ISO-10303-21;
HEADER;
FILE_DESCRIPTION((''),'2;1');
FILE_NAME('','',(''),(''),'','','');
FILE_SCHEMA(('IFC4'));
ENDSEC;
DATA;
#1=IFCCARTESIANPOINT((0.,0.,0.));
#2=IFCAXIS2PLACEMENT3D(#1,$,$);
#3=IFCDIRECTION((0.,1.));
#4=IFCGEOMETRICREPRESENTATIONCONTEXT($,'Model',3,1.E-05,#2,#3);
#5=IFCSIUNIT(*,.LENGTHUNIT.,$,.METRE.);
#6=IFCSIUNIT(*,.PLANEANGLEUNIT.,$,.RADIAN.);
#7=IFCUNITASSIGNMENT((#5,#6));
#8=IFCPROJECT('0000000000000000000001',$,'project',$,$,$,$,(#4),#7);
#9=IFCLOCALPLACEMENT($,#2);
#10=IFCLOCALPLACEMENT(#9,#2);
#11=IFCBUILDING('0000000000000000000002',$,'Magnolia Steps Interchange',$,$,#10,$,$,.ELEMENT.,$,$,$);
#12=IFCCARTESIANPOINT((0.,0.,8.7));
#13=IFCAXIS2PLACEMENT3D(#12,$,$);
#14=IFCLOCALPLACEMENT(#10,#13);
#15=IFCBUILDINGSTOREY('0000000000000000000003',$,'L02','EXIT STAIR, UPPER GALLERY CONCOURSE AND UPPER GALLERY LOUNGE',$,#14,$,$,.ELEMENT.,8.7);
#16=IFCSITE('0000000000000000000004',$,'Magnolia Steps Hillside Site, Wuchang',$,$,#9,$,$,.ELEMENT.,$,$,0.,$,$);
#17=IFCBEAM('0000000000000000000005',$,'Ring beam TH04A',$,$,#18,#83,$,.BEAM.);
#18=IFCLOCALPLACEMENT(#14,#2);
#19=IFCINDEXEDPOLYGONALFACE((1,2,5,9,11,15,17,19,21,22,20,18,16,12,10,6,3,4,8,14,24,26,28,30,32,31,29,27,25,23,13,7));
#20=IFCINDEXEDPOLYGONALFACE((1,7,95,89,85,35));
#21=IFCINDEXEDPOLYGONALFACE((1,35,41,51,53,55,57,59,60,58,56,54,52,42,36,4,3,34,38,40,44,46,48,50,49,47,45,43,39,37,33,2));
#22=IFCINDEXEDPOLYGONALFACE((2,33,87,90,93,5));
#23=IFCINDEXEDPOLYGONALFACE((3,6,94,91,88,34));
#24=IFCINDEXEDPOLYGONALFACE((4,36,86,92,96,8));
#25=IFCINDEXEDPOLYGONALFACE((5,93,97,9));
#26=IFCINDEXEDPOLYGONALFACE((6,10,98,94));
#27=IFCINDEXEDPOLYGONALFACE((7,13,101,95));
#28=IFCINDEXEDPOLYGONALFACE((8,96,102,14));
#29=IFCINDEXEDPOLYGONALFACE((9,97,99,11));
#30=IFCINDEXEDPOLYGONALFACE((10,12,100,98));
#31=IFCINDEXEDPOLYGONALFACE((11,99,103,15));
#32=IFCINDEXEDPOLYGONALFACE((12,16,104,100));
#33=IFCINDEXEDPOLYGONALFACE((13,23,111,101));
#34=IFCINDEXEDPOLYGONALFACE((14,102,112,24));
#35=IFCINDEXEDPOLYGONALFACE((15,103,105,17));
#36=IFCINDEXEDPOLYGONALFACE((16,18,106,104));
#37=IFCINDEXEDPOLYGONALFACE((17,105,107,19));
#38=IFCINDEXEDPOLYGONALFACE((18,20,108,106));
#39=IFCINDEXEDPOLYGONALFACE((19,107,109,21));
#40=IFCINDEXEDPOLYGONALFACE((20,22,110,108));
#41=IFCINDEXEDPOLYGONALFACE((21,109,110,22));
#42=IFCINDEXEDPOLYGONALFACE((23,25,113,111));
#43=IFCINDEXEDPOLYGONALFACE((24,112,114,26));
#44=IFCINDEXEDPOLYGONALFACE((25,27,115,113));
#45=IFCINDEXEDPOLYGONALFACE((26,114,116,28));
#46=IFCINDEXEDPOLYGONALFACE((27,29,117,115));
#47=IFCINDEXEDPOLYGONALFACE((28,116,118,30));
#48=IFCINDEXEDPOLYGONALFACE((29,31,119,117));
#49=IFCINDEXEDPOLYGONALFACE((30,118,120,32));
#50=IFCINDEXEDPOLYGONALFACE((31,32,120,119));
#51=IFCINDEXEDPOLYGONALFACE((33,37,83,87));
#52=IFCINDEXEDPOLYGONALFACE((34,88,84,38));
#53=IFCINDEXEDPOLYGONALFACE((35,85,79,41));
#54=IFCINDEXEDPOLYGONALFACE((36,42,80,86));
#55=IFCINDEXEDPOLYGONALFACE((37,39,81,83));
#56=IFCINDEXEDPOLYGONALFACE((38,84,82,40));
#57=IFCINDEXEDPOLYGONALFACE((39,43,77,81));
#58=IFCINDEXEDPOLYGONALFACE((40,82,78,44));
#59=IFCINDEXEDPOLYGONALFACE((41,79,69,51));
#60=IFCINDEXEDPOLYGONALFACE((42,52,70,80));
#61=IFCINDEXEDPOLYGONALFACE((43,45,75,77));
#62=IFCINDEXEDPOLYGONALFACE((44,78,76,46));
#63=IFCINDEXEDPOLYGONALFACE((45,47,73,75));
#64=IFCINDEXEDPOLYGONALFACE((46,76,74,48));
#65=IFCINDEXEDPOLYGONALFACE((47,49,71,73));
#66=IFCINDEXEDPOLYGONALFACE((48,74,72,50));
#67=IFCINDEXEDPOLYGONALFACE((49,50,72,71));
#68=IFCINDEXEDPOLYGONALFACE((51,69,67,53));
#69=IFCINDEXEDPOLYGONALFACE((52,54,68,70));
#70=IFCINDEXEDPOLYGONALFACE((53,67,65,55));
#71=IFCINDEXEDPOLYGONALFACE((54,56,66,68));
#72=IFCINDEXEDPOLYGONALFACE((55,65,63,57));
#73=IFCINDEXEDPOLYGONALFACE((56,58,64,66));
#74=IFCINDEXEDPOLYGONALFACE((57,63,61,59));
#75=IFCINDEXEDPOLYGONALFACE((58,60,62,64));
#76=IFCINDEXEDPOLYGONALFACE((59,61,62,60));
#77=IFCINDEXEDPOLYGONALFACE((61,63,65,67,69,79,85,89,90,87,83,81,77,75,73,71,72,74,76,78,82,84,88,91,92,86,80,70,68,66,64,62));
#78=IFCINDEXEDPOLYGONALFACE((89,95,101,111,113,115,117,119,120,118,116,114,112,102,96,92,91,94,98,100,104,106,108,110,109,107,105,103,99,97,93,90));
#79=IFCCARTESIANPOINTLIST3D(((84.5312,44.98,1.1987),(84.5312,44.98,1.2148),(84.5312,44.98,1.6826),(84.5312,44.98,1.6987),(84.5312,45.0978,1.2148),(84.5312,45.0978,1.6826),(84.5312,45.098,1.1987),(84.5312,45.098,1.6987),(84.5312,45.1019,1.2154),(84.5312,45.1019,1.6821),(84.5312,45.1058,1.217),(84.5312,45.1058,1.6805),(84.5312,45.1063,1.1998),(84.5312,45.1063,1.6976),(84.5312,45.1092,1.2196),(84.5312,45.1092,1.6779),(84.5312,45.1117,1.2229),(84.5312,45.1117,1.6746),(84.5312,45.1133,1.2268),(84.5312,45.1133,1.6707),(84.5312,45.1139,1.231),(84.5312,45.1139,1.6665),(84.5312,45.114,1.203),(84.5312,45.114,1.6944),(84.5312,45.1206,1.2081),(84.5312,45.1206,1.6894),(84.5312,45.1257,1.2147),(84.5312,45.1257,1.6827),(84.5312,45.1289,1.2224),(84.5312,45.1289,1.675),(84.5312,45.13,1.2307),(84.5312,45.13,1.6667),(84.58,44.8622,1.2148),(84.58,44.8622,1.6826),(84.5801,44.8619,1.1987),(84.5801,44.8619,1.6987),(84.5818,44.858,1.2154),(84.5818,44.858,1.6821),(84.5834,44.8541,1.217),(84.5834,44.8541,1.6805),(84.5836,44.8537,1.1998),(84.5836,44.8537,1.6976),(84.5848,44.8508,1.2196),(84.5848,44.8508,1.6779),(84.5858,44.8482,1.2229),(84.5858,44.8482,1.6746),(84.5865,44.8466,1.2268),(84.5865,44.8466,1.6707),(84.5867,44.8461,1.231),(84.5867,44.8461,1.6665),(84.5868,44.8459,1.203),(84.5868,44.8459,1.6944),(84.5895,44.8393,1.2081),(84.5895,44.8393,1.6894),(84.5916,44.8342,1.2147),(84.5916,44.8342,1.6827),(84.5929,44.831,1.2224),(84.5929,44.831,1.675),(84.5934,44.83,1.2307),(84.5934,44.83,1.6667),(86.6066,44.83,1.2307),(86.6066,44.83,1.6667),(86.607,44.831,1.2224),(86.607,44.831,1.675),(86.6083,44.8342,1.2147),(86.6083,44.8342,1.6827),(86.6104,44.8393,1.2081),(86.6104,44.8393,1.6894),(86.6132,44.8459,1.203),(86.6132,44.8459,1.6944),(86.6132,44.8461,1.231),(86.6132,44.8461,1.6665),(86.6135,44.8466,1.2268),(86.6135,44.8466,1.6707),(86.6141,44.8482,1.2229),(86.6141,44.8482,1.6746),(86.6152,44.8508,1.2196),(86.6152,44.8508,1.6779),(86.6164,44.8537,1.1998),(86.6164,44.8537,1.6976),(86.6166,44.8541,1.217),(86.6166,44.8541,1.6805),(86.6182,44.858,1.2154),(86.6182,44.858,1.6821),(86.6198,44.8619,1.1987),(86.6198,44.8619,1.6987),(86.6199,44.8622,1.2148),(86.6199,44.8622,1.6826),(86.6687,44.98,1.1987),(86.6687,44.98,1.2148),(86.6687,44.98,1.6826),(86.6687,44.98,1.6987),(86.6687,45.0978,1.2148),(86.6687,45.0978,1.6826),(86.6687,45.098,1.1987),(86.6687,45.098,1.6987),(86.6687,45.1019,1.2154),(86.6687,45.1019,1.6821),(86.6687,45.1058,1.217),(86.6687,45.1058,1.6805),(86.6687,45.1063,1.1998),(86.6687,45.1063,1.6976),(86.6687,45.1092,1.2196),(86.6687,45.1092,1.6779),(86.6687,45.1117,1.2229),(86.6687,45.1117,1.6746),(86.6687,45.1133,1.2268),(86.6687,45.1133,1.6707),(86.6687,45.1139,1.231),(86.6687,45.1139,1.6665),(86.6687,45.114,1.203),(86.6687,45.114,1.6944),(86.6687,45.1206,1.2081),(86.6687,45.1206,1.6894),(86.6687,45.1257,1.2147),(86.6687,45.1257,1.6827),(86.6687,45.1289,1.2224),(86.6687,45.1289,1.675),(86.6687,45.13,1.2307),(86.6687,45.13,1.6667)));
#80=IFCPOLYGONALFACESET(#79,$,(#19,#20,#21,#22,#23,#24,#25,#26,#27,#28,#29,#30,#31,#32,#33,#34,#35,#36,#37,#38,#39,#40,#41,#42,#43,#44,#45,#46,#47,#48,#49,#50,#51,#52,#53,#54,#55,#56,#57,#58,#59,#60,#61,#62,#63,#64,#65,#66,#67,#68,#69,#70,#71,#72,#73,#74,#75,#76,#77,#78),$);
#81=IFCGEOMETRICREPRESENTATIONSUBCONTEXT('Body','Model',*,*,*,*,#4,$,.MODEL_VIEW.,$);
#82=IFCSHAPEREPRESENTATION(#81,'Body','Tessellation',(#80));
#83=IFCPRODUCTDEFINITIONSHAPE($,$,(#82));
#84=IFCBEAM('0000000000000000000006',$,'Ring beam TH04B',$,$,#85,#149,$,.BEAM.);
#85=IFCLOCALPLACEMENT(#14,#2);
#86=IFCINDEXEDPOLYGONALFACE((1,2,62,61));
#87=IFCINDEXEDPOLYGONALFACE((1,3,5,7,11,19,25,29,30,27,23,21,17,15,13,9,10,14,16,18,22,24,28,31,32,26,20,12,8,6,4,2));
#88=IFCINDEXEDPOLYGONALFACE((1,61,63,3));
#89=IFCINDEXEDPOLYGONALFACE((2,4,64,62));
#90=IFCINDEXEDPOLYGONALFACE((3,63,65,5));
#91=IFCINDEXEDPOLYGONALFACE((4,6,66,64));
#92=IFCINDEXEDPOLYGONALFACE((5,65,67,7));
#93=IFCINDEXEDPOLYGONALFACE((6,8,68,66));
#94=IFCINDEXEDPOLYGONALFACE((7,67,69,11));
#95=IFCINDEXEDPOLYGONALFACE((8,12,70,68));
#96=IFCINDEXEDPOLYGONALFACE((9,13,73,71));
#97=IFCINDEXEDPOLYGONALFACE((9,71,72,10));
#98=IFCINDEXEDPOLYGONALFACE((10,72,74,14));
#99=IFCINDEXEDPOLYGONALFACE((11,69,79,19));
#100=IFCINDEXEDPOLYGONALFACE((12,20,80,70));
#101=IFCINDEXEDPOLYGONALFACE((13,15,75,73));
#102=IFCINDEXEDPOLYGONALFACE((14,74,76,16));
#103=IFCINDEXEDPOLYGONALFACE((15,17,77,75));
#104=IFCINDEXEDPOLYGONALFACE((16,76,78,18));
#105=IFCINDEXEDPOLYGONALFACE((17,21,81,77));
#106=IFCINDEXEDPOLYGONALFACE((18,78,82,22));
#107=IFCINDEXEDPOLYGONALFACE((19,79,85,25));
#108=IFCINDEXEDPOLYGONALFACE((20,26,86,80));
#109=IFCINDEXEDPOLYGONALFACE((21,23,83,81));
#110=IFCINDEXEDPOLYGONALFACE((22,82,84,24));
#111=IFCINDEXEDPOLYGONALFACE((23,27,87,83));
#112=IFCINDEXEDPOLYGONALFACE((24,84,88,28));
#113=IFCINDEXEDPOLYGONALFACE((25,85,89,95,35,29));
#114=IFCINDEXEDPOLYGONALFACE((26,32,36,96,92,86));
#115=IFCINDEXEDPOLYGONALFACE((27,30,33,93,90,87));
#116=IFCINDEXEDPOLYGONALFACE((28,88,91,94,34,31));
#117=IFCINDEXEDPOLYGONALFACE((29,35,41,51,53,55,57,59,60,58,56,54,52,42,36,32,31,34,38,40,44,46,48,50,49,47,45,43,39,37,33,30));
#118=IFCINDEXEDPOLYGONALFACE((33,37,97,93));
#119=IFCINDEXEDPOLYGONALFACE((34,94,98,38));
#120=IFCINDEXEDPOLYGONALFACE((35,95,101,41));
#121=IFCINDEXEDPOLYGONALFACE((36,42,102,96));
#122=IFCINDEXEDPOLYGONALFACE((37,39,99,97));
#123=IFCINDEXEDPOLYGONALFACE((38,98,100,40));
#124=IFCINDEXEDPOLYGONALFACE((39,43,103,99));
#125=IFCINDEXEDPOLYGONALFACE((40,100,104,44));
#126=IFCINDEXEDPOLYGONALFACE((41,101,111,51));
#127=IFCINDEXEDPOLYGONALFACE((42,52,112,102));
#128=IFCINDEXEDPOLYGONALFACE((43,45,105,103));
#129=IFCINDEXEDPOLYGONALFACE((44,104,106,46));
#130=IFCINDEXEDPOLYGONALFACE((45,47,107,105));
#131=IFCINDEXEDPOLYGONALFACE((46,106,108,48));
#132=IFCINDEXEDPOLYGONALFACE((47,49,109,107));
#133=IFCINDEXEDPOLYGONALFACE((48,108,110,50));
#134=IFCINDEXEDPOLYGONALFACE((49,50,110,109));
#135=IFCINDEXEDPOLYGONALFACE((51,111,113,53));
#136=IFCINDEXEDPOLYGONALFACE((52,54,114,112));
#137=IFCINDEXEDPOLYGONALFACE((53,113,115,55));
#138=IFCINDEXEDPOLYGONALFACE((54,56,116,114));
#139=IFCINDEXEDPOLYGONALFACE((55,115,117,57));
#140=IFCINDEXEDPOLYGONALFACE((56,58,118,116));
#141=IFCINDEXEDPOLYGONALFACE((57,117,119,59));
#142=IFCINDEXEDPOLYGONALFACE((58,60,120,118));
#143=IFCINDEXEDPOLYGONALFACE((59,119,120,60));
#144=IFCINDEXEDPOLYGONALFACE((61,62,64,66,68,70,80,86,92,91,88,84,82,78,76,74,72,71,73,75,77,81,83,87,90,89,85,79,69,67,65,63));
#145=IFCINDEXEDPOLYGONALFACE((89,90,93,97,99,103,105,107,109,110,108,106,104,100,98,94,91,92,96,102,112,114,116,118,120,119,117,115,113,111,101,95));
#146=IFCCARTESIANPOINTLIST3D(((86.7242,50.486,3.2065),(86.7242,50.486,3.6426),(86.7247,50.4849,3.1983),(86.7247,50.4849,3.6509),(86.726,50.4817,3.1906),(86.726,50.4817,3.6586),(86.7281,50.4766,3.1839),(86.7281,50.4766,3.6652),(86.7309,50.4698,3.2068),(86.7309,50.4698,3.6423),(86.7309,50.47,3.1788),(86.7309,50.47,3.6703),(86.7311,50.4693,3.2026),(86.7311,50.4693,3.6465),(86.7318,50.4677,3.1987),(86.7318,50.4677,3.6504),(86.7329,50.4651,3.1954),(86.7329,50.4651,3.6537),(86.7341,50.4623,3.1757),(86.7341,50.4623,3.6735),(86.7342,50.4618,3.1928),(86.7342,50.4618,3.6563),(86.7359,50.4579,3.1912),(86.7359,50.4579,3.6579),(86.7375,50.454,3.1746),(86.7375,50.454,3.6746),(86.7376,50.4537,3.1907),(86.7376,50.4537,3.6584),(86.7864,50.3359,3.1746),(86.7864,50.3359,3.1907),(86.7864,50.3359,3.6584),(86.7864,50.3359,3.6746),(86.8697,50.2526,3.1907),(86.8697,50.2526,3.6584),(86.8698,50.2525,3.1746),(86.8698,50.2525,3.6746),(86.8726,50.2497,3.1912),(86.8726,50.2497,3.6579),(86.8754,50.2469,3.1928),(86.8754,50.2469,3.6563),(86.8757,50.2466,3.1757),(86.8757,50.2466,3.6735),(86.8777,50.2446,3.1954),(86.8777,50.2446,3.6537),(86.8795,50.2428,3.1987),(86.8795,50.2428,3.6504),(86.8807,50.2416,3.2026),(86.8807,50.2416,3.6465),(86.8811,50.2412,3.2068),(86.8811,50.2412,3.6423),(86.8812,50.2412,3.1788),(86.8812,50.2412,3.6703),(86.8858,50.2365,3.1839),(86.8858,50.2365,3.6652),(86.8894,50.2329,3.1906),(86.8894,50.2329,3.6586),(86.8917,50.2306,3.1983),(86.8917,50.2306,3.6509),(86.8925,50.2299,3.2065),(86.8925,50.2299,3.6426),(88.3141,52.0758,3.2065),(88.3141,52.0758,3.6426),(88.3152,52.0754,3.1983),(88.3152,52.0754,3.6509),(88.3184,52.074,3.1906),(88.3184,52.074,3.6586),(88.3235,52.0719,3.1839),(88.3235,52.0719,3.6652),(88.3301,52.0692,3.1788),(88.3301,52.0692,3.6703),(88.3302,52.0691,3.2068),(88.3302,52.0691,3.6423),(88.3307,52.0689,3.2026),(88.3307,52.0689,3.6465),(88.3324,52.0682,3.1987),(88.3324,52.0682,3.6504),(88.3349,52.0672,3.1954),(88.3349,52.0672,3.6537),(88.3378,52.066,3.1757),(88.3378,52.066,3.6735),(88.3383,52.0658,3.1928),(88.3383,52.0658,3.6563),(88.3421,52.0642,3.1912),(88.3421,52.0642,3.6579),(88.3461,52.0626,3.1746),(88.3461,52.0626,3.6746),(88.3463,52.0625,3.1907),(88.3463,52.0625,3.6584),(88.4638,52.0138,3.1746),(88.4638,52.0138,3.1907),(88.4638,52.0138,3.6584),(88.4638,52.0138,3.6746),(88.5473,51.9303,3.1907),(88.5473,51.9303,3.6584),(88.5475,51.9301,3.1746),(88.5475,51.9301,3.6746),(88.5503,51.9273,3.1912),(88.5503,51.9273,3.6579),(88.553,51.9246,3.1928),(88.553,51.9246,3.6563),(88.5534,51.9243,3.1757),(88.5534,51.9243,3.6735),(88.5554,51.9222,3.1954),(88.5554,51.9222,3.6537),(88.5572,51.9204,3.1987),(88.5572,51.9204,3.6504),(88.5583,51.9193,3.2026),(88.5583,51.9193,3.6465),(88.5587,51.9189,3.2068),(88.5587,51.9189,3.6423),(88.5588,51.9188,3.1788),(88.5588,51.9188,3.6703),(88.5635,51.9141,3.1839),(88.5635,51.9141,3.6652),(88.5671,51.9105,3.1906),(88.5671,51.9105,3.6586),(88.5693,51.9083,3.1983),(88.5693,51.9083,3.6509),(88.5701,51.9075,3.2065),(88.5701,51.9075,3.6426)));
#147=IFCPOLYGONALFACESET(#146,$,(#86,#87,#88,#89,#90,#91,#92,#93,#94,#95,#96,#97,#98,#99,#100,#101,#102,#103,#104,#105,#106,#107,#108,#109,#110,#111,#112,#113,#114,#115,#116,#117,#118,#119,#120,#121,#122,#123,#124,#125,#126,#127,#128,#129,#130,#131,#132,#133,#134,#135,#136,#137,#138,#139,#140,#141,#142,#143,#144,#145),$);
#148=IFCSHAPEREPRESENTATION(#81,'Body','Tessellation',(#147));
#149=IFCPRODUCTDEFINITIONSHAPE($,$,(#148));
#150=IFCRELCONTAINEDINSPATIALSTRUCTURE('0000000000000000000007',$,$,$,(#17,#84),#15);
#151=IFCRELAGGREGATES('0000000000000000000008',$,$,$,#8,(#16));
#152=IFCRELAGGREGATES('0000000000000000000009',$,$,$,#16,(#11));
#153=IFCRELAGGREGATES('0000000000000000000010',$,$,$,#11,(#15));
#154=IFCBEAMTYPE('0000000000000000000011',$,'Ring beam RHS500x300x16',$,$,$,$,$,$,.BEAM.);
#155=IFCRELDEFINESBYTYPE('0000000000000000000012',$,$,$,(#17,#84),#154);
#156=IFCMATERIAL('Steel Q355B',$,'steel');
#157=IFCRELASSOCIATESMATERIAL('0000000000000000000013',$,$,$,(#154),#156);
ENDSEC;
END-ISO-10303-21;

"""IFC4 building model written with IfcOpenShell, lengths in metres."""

from ifc_helpers import new_model, si_unit, direction, frame, origin, origin_2d, place, context, subcontext, project, spatial, hollow_rectangle, extrude, clip, halfspace, material, material_profile, profile_set, type_object, element, save


model = new_model("IFC4")

# Units and contexts
model_context = context("Model", 3, precision=1e-05, world=origin(), true_north=direction((0.0, 1.0)))
body_context = subcontext(model_context, "Body", "Model", "MODEL_VIEW")
ifc_project = project(units=[si_unit("LENGTHUNIT", "METRE"), si_unit("PLANEANGLEUNIT", "RADIAN")], contexts=[model_context])

# Site, building, storey
site_placement = place(None, origin())
site = spatial("IfcSite", under=ifc_project, at=site_placement, Name="Magnolia Steps Hillside Site, Wuchang", CompositionType="ELEMENT", RefElevation=0.0)
building_placement = place(site_placement, origin())
building = spatial("IfcBuilding", under=site, at=building_placement, Name="Magnolia Steps Interchange", CompositionType="ELEMENT")
storey_placement = place(building_placement, frame((0.0, 0.0, 8.7)))
storey = spatial("IfcBuildingStorey", under=building, at=storey_placement, Name="L02", Description="EXIT STAIR, UPPER GALLERY CONCOURSE AND UPPER GALLERY LOUNGE", CompositionType="ELEMENT", Elevation=8.7)

# Beams
ifc_material_1 = material(Name="Steel Q355B", Category="steel")
ifc_material_profile_1 = material_profile(ifc_material_1, hollow_rectangle(XDim=0.3, YDim=0.5, WallThickness=0.0161, InnerFilletRadius=0.0161, OuterFilletRadius=0.032, at=origin_2d()), Name="RHS500x300x16")
ifc_profile_set_1 = profile_set([ifc_material_profile_1], Name="Steel Q355B")
beam_type = type_object("IfcBeamType", Name="Ring beam RHS500x300x16", PredefinedType="BEAM", material=ifc_profile_set_1)
beam_1_placement = place(storey_placement, frame((86.6687, 44.98, 1.4487), z_axis=(-1.0, 0.0, 0.0), x_axis=(0.0, -1.0, 0.0)))
element("IfcBeam", 1, at=beam_1_placement, inside=storey, type_object=beam_type, Name="Ring beam TH04A", PredefinedType="BEAM", context=body_context, shape_type="Clipping", body=[
    clip(clip(extrude(hollow_rectangle(XDim=0.3, YDim=0.5, WallThickness=0.0161, InnerFilletRadius=0.0161, OuterFilletRadius=0.032, at=origin_2d()), origin(), (0.0, 0.0, 1.0), 2.1375), halfspace(frame((0.0, 0.0, 0.0), z_axis=(0.382683, 0.0, -0.92388), x_axis=(0.92388, 0.0, 0.382683)), False)), halfspace(frame((0.0, 0.0, 2.1375), z_axis=(0.382683, 0.0, 0.92388), x_axis=(0.92388, 0.0, -0.382683)), False)),
])
beam_2_placement = place(storey_placement, frame((86.7864, 50.3359, 3.4246), z_axis=(0.707107, 0.707107, 0.0), x_axis=(-0.707107, 0.707107, 0.0)))
element("IfcBeam", 2, at=beam_2_placement, inside=storey, type_object=beam_type, Name="Ring beam TH04B", PredefinedType="BEAM", context=body_context, shape_type="Clipping", body=[
    clip(clip(extrude(hollow_rectangle(XDim=0.3, YDim=0.5, WallThickness=0.0161, InnerFilletRadius=0.0161, OuterFilletRadius=0.032, at=origin_2d()), origin(), (0.0, 0.0, 1.0), 2.3726), halfspace(frame((0.0, 0.0, 0.0), z_axis=(0.382683, 0.0, -0.92388), x_axis=(0.92388, 0.0, 0.382683)), False)), halfspace(frame((0.0, 0.0, 2.3727), z_axis=(0.382683, 0.0, 0.92388), x_axis=(0.92388, 0.0, -0.382683)), False)),
])

save(model, "model.ifc")
